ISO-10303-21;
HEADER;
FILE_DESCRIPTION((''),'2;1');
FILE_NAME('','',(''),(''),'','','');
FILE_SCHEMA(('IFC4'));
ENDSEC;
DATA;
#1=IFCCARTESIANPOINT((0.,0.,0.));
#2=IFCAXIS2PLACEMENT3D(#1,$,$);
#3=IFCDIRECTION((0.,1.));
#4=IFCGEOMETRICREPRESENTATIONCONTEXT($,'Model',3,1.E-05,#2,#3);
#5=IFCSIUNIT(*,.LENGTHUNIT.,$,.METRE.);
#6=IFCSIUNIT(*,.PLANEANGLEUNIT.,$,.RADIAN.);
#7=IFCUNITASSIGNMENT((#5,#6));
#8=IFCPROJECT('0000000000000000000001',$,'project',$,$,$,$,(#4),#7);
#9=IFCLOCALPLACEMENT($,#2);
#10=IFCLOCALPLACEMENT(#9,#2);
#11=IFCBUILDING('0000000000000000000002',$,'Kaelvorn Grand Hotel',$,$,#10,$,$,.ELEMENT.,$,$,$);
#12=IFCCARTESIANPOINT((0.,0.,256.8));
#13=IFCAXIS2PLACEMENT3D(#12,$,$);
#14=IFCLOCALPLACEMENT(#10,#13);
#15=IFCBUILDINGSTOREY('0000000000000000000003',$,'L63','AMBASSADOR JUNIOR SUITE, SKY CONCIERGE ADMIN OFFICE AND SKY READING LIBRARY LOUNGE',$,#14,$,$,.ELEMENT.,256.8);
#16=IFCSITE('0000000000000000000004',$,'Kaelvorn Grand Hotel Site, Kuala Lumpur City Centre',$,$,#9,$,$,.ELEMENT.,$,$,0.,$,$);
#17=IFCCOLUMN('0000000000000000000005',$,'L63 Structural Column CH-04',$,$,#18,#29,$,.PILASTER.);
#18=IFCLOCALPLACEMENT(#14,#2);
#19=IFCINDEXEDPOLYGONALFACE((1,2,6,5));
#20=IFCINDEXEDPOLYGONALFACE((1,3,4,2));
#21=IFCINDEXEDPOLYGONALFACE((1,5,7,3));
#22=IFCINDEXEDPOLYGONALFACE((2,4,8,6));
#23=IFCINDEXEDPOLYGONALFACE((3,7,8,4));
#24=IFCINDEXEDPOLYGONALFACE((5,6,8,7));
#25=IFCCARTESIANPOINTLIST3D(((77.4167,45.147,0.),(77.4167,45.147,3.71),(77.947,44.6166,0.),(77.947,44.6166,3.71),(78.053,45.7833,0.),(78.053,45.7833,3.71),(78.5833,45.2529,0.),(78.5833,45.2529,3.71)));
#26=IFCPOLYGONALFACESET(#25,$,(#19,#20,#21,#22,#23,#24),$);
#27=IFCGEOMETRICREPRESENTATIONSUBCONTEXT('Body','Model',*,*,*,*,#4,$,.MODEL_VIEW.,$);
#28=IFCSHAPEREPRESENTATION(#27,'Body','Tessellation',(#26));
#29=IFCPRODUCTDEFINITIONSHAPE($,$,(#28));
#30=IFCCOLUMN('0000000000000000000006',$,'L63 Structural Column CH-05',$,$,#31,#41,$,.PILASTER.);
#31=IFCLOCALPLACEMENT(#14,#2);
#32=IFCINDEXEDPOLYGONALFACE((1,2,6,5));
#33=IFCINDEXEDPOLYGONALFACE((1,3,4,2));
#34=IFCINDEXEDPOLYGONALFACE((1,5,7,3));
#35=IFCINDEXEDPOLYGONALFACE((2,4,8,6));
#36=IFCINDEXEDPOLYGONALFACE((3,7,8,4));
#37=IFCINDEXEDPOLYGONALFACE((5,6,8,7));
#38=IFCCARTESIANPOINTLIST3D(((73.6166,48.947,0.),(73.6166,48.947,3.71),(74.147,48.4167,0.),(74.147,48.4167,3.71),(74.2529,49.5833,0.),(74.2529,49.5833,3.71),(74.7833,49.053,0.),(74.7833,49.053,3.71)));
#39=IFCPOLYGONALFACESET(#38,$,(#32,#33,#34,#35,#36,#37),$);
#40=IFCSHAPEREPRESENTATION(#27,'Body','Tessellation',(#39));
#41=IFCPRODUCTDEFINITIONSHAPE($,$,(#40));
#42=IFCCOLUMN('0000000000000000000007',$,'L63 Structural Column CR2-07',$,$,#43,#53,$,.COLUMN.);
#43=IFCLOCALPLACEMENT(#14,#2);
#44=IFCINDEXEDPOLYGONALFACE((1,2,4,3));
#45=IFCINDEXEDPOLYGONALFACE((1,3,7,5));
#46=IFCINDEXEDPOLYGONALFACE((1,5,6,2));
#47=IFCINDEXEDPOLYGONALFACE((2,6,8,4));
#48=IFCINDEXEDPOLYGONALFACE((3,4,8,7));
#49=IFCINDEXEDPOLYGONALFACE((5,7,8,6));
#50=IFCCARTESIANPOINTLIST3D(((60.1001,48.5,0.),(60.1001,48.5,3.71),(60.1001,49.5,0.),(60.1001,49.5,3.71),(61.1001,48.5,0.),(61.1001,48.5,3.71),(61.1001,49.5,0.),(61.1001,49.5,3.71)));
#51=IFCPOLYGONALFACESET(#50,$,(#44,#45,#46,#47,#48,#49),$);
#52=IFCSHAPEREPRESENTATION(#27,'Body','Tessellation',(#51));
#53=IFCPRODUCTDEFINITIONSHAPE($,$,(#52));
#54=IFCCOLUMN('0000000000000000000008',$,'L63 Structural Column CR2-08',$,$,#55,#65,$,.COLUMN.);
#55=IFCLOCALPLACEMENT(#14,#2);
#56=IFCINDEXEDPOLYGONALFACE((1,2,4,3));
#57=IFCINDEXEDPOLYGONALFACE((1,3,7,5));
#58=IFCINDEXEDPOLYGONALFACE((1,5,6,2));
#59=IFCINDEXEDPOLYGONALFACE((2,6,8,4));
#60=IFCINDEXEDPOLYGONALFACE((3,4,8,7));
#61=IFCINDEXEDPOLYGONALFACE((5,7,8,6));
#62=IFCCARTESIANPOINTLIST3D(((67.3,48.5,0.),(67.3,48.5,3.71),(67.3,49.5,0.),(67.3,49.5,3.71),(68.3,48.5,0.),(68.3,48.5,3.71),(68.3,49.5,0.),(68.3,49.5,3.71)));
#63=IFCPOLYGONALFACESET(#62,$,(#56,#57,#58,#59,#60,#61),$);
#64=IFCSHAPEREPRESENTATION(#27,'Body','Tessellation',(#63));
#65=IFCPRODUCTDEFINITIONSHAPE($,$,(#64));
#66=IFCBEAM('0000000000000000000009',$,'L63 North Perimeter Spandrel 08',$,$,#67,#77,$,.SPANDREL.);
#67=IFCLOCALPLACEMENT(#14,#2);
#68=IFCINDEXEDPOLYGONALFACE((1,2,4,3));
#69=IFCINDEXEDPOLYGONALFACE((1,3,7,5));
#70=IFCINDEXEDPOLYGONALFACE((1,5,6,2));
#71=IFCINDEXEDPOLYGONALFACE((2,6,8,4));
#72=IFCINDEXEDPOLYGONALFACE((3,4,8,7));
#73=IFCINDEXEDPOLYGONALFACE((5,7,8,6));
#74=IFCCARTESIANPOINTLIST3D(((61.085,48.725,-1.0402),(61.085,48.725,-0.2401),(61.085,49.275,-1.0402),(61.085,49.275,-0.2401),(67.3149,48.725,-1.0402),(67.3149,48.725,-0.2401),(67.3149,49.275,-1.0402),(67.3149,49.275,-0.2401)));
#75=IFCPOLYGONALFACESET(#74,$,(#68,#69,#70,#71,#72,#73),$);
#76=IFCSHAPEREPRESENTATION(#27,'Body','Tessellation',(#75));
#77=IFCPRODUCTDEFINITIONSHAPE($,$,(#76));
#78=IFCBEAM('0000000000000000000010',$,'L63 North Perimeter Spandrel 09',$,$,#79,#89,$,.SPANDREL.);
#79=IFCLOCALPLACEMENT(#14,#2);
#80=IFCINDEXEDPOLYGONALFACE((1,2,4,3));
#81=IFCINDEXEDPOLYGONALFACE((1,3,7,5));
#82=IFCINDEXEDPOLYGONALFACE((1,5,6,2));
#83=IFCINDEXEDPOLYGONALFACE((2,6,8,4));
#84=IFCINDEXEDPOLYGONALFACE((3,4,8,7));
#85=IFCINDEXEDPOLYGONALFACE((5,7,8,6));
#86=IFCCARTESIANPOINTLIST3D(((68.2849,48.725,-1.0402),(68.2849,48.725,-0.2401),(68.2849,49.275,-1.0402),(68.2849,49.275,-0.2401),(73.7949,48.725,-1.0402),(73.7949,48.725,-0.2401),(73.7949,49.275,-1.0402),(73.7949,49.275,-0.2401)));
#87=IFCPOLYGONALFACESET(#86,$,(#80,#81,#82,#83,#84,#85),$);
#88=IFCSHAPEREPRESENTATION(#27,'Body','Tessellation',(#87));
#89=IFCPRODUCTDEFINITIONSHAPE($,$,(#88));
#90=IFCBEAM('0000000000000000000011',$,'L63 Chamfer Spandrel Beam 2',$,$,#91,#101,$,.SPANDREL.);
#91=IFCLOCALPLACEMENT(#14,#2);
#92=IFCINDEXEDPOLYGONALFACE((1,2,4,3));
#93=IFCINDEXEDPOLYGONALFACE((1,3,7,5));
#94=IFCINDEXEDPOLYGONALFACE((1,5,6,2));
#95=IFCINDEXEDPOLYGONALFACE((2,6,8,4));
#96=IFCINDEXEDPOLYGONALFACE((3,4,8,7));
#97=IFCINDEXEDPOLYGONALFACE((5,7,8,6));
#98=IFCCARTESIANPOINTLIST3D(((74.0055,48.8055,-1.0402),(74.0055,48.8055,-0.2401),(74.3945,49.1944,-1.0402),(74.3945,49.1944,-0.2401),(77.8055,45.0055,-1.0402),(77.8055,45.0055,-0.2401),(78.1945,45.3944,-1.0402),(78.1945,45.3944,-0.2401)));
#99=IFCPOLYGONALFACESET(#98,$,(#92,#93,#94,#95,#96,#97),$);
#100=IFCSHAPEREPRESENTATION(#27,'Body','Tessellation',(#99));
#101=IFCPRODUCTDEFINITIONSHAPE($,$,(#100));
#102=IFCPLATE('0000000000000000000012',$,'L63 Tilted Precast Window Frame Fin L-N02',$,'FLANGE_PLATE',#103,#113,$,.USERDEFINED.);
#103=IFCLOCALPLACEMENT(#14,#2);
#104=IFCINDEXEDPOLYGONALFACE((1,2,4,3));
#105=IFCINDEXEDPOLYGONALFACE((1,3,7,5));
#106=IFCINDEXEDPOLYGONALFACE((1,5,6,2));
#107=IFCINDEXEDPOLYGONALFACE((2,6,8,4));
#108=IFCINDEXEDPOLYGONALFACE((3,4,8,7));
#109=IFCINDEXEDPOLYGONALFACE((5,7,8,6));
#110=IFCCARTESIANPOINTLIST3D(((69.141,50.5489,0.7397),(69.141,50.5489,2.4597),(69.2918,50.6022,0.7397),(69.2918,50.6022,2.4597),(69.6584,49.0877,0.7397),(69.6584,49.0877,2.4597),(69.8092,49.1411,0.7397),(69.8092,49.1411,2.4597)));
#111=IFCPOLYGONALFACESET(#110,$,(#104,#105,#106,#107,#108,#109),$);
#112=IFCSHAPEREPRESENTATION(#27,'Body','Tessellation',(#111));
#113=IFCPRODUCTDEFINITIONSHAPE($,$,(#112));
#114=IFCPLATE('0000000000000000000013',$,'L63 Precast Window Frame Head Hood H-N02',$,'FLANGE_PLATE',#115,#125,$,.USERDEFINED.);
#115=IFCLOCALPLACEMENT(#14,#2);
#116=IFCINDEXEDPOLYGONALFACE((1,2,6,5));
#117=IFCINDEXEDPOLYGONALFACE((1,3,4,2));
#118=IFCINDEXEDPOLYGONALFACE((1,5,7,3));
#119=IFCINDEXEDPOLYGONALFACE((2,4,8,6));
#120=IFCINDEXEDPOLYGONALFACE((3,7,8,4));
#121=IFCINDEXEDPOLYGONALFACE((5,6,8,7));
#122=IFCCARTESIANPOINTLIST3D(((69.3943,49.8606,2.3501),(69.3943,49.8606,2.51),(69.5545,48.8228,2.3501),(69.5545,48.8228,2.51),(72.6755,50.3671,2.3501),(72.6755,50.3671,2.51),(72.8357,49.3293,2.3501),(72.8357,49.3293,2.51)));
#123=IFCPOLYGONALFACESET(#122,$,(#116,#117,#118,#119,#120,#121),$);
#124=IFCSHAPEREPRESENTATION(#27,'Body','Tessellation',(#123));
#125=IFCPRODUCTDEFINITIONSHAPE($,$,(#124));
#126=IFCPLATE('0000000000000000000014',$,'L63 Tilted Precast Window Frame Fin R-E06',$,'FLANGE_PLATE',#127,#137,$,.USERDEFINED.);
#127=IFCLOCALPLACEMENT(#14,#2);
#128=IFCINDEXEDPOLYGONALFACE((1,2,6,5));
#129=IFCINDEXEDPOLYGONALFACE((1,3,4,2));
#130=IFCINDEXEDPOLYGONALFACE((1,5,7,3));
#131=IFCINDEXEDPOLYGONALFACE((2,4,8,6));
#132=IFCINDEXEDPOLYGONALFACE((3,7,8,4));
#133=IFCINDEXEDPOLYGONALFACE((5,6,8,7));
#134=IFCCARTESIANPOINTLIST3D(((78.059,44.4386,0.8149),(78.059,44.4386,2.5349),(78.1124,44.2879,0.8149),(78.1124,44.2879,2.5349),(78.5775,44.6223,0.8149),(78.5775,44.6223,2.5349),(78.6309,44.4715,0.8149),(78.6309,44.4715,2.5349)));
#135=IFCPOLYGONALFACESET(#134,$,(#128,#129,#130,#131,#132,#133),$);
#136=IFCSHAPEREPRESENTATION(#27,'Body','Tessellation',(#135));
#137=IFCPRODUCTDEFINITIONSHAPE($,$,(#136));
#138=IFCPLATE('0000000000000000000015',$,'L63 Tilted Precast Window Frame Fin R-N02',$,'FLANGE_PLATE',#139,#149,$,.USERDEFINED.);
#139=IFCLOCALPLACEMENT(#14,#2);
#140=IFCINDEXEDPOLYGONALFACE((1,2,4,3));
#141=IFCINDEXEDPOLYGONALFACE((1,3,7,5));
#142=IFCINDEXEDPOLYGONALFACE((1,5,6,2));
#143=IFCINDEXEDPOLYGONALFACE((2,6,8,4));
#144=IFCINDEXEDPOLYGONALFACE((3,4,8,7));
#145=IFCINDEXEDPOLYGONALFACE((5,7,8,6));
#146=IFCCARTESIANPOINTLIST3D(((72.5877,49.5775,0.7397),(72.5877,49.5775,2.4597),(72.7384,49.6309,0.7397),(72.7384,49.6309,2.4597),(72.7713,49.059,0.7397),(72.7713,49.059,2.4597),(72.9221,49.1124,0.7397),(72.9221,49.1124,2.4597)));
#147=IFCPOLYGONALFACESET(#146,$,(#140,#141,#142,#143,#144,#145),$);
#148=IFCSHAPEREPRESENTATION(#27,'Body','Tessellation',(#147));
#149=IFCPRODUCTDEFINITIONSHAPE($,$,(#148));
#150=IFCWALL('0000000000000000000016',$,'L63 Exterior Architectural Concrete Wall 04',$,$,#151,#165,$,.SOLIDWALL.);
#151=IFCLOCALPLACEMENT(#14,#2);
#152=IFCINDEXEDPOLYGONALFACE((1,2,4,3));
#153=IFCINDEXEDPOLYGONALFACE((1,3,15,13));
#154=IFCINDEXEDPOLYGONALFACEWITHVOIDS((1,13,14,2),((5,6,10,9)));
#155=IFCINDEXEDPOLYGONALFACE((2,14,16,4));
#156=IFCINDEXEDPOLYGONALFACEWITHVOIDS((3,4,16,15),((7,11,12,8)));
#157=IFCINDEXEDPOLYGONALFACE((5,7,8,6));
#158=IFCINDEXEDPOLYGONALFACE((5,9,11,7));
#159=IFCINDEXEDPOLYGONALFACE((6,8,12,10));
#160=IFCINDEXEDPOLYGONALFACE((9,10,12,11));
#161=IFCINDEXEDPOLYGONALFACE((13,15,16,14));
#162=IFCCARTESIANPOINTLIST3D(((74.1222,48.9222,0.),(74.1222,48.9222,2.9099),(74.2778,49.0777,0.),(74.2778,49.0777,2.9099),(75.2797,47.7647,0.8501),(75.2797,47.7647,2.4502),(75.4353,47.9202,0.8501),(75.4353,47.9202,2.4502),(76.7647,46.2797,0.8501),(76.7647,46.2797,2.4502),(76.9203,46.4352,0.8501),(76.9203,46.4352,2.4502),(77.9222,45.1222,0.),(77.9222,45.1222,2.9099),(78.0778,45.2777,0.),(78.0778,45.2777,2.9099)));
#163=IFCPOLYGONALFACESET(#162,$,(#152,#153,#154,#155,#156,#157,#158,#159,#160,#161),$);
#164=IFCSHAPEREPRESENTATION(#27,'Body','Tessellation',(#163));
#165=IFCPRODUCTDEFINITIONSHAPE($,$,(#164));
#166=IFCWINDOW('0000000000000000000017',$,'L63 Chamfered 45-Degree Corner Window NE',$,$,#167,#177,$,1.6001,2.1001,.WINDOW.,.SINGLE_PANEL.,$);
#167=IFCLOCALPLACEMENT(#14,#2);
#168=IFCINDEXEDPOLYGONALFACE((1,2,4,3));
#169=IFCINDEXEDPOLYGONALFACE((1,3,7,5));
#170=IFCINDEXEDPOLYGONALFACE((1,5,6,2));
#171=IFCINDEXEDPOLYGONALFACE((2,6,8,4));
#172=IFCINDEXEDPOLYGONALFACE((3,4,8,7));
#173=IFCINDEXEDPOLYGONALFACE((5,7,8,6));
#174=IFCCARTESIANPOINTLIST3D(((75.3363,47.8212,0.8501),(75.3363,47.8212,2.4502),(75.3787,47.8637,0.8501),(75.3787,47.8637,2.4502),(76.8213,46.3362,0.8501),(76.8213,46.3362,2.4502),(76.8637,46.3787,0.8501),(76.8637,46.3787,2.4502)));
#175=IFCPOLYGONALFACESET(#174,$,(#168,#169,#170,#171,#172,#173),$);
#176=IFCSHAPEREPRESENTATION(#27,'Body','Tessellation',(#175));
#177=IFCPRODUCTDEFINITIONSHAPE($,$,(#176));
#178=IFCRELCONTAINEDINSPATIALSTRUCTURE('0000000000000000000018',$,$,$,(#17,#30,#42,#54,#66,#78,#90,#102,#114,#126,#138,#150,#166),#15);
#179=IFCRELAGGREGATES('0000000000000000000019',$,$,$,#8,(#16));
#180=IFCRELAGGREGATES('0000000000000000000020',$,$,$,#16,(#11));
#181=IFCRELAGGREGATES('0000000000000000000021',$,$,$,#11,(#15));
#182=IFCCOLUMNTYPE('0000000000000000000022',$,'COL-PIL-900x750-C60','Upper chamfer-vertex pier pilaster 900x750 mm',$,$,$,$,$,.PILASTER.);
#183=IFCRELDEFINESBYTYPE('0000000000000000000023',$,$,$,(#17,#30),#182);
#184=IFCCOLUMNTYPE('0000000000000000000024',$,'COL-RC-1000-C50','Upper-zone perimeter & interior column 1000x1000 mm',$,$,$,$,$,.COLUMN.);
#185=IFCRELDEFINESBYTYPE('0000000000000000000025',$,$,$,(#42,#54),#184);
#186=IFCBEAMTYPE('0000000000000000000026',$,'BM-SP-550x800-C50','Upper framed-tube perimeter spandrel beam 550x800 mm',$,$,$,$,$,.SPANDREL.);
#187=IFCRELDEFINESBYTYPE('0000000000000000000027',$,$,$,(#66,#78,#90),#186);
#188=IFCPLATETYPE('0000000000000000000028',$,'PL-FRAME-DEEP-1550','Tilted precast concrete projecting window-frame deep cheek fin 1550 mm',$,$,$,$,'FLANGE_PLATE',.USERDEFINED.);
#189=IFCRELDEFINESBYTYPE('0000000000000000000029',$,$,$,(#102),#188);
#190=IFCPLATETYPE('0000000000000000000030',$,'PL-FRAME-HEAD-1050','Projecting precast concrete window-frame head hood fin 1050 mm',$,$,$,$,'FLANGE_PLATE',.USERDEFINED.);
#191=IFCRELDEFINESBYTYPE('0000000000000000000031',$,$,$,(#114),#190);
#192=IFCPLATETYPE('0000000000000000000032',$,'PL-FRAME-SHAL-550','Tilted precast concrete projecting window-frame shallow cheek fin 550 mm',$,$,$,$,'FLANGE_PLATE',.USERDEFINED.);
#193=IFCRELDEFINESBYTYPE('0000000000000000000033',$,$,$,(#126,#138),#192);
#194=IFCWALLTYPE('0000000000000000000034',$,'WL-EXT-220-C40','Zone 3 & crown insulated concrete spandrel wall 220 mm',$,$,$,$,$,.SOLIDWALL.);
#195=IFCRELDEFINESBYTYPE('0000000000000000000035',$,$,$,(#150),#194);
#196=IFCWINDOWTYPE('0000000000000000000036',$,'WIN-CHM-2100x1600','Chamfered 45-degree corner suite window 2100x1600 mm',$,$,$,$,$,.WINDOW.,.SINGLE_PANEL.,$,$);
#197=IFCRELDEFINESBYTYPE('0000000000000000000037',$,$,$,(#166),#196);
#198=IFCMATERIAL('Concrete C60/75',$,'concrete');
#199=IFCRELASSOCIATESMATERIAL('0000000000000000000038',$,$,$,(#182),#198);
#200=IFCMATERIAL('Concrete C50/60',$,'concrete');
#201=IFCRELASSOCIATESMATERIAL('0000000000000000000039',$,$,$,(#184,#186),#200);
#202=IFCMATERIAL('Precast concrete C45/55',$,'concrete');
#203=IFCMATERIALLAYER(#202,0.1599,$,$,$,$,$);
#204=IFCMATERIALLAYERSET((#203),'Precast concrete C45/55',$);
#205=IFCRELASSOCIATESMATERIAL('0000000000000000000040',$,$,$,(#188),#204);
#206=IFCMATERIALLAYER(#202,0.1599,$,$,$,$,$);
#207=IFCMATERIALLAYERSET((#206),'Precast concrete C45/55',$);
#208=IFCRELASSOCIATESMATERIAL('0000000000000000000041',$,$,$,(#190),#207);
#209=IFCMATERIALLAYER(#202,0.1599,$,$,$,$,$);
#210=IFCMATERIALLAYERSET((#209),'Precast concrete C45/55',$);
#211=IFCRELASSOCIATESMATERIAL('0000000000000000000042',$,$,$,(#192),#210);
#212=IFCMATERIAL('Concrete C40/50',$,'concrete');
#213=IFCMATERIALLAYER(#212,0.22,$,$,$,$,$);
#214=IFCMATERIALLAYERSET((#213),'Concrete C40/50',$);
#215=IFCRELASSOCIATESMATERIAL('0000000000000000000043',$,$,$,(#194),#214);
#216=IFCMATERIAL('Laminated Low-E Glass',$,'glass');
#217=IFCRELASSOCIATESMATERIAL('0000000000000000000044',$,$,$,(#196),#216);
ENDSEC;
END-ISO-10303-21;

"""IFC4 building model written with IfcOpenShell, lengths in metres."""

from ifc_helpers import new_model, si_unit, direction, frame, frame_2d, origin, origin_2d, place, context, subcontext, project, spatial, rectangle, extrude, material, layer, layer_set, material_profile, profile_set, type_object, element, fill, save


model = new_model("IFC4")

# Units and contexts
model_context = context("Model", 3, precision=1e-05, world=origin(), true_north=direction((0.0, 1.0)))
body_context = subcontext(model_context, "Body", "Model", "MODEL_VIEW")
ifc_project = project(units=[si_unit("LENGTHUNIT", "METRE"), si_unit("PLANEANGLEUNIT", "RADIAN")], contexts=[model_context])

# Site, building, storey
site_placement = place(None, origin())
site = spatial("IfcSite", under=ifc_project, at=site_placement, Name="Kaelvorn Grand Hotel Site, Kuala Lumpur City Centre", CompositionType="ELEMENT", RefElevation=0.0)
building_placement = place(site_placement, origin())
building = spatial("IfcBuilding", under=site, at=building_placement, Name="Kaelvorn Grand Hotel", CompositionType="ELEMENT")
storey_placement = place(building_placement, frame((0.0, 0.0, 256.8)))
storey = spatial("IfcBuildingStorey", under=building, at=storey_placement, Name="L63", Description="AMBASSADOR JUNIOR SUITE, SKY CONCIERGE ADMIN OFFICE AND SKY READING LIBRARY LOUNGE", CompositionType="ELEMENT", Elevation=256.8)

# Columns
ifc_material_1 = material(Name="Concrete C60/75", Category="concrete")
ifc_material_profile_1 = material_profile(ifc_material_1, rectangle(XDim=0.8999, YDim=0.75, at=origin_2d()), Name="RC PILASTER 900x750")
ifc_profile_set_1 = profile_set([ifc_material_profile_1], Name="Concrete C60/75")
column_type_1 = type_object("IfcColumnType", Name="COL-PIL-900x750-C60", Description="Upper chamfer-vertex pier pilaster 900x750 mm", PredefinedType="PILASTER", material=ifc_profile_set_1)
for number, where, z_axis, x_axis, name in (
    (1, (78.0, 45.2, 0.0), (0.0, 0.0, 1.0), (0.707107, 0.707107, 0.0), "L63 Structural Column CH-04"),
    (2, (74.2, 49.0, 0.0), (0.0, 0.0, 1.0), (0.707107, 0.707107, 0.0), "L63 Structural Column CH-05"),
):
    element("IfcColumn", number, at=place(storey_placement, frame(where, z_axis=z_axis, x_axis=x_axis)), inside=storey, type_object=column_type_1, Name=name, PredefinedType="PILASTER", context=body_context, shape_type="SweptSolid", body=[
        extrude(rectangle(XDim=0.8999, YDim=0.75, at=origin_2d()), origin(), (0.0, 0.0, 1.0), 3.71),
    ])
ifc_material_2 = material(Name="Concrete C50/60", Category="concrete")
ifc_material_profile_2 = material_profile(ifc_material_2, rectangle(XDim=1.0, YDim=1.0, at=origin_2d()), Name="RC COL 1000x1000")
ifc_profile_set_2 = profile_set([ifc_material_profile_2], Name="Concrete C50/60")
column_type_2 = type_object("IfcColumnType", Name="COL-RC-1000-C50", Description="Upper-zone perimeter & interior column 1000x1000 mm", PredefinedType="COLUMN", material=ifc_profile_set_2)
for number, where, z_axis, x_axis, name in (
    (3, (60.6001, 49.0, 0.0), (0.0, 0.0, 1.0), (1.0, 0.0, 0.0), "L63 Structural Column CR2-07"),
    (4, (67.8, 49.0, 0.0), (0.0, 0.0, 1.0), (1.0, 0.0, 0.0), "L63 Structural Column CR2-08"),
):
    element("IfcColumn", number, at=place(storey_placement, frame(where, z_axis=z_axis, x_axis=x_axis)), inside=storey, type_object=column_type_2, Name=name, PredefinedType="COLUMN", context=body_context, shape_type="SweptSolid", body=[
        extrude(rectangle(XDim=1.0, YDim=1.0, at=origin_2d()), origin(), (0.0, 0.0, 1.0), 3.71),
    ])

# Beams
ifc_material_profile_3 = material_profile(ifc_material_2, rectangle(XDim=0.55, YDim=0.8, at=origin_2d()), Name="RC SPANDREL 550x800")
ifc_profile_set_3 = profile_set([ifc_material_profile_3], Name="Concrete C50/60")
beam_type = type_object("IfcBeamType", Name="BM-SP-550x800-C50", Description="Upper framed-tube perimeter spandrel beam 550x800 mm", PredefinedType="SPANDREL", material=ifc_profile_set_3)
beam_1_placement = place(storey_placement, frame((61.085, 49.0, -0.6401), z_axis=(1.0, 0.0, 0.0), x_axis=(0.0, 1.0, 0.0)))
element("IfcBeam", 5, at=beam_1_placement, inside=storey, type_object=beam_type, Name="L63 North Perimeter Spandrel 08", PredefinedType="SPANDREL", context=body_context, shape_type="SweptSolid", body=[
    extrude(rectangle(XDim=0.55, YDim=0.8, at=origin_2d()), origin(), (0.0, 0.0, 1.0), 6.23),
])
beam_2_placement = place(storey_placement, frame((68.2849, 49.0, -0.6401), z_axis=(1.0, 0.0, 0.0), x_axis=(0.0, 1.0, 0.0)))
element("IfcBeam", 6, at=beam_2_placement, inside=storey, type_object=beam_type, Name="L63 North Perimeter Spandrel 09", PredefinedType="SPANDREL", context=body_context, shape_type="SweptSolid", body=[
    extrude(rectangle(XDim=0.55, YDim=0.8, at=origin_2d()), origin(), (0.0, 0.0, 1.0), 5.51),
])
beam_3_placement = place(storey_placement, frame((78.0, 45.2, -0.6401), z_axis=(-0.707107, 0.707107, 0.0), x_axis=(-0.707107, -0.707107, 0.0)))
element("IfcBeam", 7, at=beam_3_placement, inside=storey, type_object=beam_type, Name="L63 Chamfer Spandrel Beam 2", PredefinedType="SPANDREL", context=body_context, shape_type="SweptSolid", body=[
    extrude(rectangle(XDim=0.55, YDim=0.8, at=origin_2d()), origin(), (0.0, 0.0, 1.0), 5.374),
])

# Plates
ifc_material_3 = material(Name="Precast concrete C45/55", Category="concrete")
ifc_layer_1 = layer(ifc_material_3, 0.1599)
ifc_layer_set_1 = layer_set([ifc_layer_1], Name="Precast concrete C45/55")
plate_type_1 = type_object("IfcPlateType", Name="PL-FRAME-DEEP-1550", Description="Tilted precast concrete projecting window-frame deep cheek fin 1550 mm", ElementType="FLANGE_PLATE", PredefinedType="USERDEFINED", material=ifc_layer_set_1)
plate_1_placement = place(storey_placement, frame((69.4751, 49.845, 0.7397), z_axis=(0.0, 0.0, 1.0), x_axis=(0.942641, 0.333807, 0.0)))
element("IfcPlate", 8, at=plate_1_placement, inside=storey, type_object=plate_type_1, Name="L63 Tilted Precast Window Frame Fin L-N02", ObjectType="FLANGE_PLATE", PredefinedType="USERDEFINED", context=body_context, shape_type="SweptSolid", body=[
    extrude(rectangle(XDim=0.1599, YDim=1.55, at=origin_2d()), origin(), (0.0, 0.0, 1.0), 1.72),
])
ifc_layer_2 = layer(ifc_material_3, 0.1599)
ifc_layer_set_2 = layer_set([ifc_layer_2], Name="Precast concrete C45/55")
plate_type_2 = type_object("IfcPlateType", Name="PL-FRAME-HEAD-1050", Description="Projecting precast concrete window-frame head hood fin 1050 mm", ElementType="FLANGE_PLATE", PredefinedType="USERDEFINED", material=ifc_layer_set_2)
plate_2_placement = place(storey_placement, frame((71.115, 49.595, 2.3501), z_axis=(0.0, 0.0, 1.0), x_axis=(0.988295, 0.152555, 0.0)))
element("IfcPlate", 9, at=plate_2_placement, inside=storey, type_object=plate_type_2, Name="L63 Precast Window Frame Head Hood H-N02", ObjectType="FLANGE_PLATE", PredefinedType="USERDEFINED", context=body_context, shape_type="SweptSolid", body=[
    extrude(rectangle(XDim=3.3201, YDim=1.05, at=origin_2d()), origin(), (0.0, 0.0, 1.0), 0.1599),
])
ifc_layer_3 = layer(ifc_material_3, 0.1599)
ifc_layer_set_3 = layer_set([ifc_layer_3], Name="Precast concrete C45/55")
plate_type_3 = type_object("IfcPlateType", Name="PL-FRAME-SHAL-550", Description="Tilted precast concrete projecting window-frame shallow cheek fin 550 mm", ElementType="FLANGE_PLATE", PredefinedType="USERDEFINED", material=ifc_layer_set_3)
for number, where, z_axis, x_axis, name in (
    (10, (78.345, 44.4551, 0.8149), (0.0, 0.0, 1.0), (-0.333807, 0.942641, 0.0), "L63 Tilted Precast Window Frame Fin R-E06"),
    (11, (72.7549, 49.345, 0.7397), (0.0, 0.0, 1.0), (0.942641, 0.333807, 0.0), "L63 Tilted Precast Window Frame Fin R-N02"),
):
    element("IfcPlate", number, at=place(storey_placement, frame(where, z_axis=z_axis, x_axis=x_axis)), inside=storey, type_object=plate_type_3, Name=name, ObjectType="FLANGE_PLATE", PredefinedType="USERDEFINED", context=body_context, shape_type="SweptSolid", body=[
        extrude(rectangle(XDim=0.1599, YDim=0.55, at=origin_2d()), origin(), (0.0, 0.0, 1.0), 1.72),
    ])

# Wall, opening, window
ifc_material_4 = material(Name="Concrete C40/50", Category="concrete")
ifc_layer_4 = layer(ifc_material_4, 0.22)
ifc_layer_set_4 = layer_set([ifc_layer_4], Name="Concrete C40/50")
wall_type_1 = type_object("IfcWallType", Name="WL-EXT-220-C40", Description="Zone 3 & crown insulated concrete spandrel wall 220 mm", PredefinedType="SOLIDWALL", material=ifc_layer_set_4)
wall_1_placement = place(storey_placement, frame((78.0, 45.2, 0.0), z_axis=(0.0, 0.0, 1.0), x_axis=(-0.707107, 0.707107, 0.0)))
wall_1 = element("IfcWall", 12, at=wall_1_placement, inside=storey, type_object=wall_type_1, Name="L63 Exterior Architectural Concrete Wall 04", PredefinedType="SOLIDWALL", context=body_context, shape_type="SweptSolid", body=[
    extrude(rectangle(XDim=5.374, YDim=0.22, at=frame_2d((2.687, 0.0))), origin(), (0.0, 0.0, 1.0), 2.9099),
])
opening_1_placement = place(wall_1_placement, frame((1.637, 0.0, 0.8501)))
opening_1 = element("IfcOpeningElement", 13, at=opening_1_placement, cuts=wall_1, PredefinedType="OPENING", context=body_context, shape_type="SweptSolid", body=[
    extrude(rectangle(XDim=2.1001, YDim=1.6001, at=frame_2d((1.05, 0.8))), frame((0.0, 0.1201, 0.0), z_axis=(0.0, -1.0, 0.0), x_axis=(1.0, 0.0, 0.0)), (0.0, 0.0, 1.0), 0.24),
])
ifc_material_5 = material(Name="Laminated Low-E Glass", Category="glass")
window_type_1 = type_object("IfcWindowType", Name="WIN-CHM-2100x1600", Description="Chamfered 45-degree corner suite window 2100x1600 mm", PartitioningType="SINGLE_PANEL", PredefinedType="WINDOW", material=ifc_material_5)
window_1_placement = place(opening_1_placement, origin())
window_1 = element("IfcWindow", 14, at=window_1_placement, inside=storey, type_object=window_type_1, Name="L63 Chamfered 45-Degree Corner Window NE", OverallHeight=1.6001, OverallWidth=2.1001, PartitioningType="SINGLE_PANEL", PredefinedType="WINDOW", context=body_context, shape_type="SweptSolid", body=[
    extrude(rectangle(XDim=2.1001, YDim=1.6001, at=frame_2d((1.05, 0.8))), frame((0.0, 0.03, 0.0), z_axis=(0.0, -1.0, 0.0), x_axis=(1.0, 0.0, 0.0)), (0.0, 0.0, 1.0), 0.0601),
])
fill(opening_1, window_1)

save(model, "model.ifc")
